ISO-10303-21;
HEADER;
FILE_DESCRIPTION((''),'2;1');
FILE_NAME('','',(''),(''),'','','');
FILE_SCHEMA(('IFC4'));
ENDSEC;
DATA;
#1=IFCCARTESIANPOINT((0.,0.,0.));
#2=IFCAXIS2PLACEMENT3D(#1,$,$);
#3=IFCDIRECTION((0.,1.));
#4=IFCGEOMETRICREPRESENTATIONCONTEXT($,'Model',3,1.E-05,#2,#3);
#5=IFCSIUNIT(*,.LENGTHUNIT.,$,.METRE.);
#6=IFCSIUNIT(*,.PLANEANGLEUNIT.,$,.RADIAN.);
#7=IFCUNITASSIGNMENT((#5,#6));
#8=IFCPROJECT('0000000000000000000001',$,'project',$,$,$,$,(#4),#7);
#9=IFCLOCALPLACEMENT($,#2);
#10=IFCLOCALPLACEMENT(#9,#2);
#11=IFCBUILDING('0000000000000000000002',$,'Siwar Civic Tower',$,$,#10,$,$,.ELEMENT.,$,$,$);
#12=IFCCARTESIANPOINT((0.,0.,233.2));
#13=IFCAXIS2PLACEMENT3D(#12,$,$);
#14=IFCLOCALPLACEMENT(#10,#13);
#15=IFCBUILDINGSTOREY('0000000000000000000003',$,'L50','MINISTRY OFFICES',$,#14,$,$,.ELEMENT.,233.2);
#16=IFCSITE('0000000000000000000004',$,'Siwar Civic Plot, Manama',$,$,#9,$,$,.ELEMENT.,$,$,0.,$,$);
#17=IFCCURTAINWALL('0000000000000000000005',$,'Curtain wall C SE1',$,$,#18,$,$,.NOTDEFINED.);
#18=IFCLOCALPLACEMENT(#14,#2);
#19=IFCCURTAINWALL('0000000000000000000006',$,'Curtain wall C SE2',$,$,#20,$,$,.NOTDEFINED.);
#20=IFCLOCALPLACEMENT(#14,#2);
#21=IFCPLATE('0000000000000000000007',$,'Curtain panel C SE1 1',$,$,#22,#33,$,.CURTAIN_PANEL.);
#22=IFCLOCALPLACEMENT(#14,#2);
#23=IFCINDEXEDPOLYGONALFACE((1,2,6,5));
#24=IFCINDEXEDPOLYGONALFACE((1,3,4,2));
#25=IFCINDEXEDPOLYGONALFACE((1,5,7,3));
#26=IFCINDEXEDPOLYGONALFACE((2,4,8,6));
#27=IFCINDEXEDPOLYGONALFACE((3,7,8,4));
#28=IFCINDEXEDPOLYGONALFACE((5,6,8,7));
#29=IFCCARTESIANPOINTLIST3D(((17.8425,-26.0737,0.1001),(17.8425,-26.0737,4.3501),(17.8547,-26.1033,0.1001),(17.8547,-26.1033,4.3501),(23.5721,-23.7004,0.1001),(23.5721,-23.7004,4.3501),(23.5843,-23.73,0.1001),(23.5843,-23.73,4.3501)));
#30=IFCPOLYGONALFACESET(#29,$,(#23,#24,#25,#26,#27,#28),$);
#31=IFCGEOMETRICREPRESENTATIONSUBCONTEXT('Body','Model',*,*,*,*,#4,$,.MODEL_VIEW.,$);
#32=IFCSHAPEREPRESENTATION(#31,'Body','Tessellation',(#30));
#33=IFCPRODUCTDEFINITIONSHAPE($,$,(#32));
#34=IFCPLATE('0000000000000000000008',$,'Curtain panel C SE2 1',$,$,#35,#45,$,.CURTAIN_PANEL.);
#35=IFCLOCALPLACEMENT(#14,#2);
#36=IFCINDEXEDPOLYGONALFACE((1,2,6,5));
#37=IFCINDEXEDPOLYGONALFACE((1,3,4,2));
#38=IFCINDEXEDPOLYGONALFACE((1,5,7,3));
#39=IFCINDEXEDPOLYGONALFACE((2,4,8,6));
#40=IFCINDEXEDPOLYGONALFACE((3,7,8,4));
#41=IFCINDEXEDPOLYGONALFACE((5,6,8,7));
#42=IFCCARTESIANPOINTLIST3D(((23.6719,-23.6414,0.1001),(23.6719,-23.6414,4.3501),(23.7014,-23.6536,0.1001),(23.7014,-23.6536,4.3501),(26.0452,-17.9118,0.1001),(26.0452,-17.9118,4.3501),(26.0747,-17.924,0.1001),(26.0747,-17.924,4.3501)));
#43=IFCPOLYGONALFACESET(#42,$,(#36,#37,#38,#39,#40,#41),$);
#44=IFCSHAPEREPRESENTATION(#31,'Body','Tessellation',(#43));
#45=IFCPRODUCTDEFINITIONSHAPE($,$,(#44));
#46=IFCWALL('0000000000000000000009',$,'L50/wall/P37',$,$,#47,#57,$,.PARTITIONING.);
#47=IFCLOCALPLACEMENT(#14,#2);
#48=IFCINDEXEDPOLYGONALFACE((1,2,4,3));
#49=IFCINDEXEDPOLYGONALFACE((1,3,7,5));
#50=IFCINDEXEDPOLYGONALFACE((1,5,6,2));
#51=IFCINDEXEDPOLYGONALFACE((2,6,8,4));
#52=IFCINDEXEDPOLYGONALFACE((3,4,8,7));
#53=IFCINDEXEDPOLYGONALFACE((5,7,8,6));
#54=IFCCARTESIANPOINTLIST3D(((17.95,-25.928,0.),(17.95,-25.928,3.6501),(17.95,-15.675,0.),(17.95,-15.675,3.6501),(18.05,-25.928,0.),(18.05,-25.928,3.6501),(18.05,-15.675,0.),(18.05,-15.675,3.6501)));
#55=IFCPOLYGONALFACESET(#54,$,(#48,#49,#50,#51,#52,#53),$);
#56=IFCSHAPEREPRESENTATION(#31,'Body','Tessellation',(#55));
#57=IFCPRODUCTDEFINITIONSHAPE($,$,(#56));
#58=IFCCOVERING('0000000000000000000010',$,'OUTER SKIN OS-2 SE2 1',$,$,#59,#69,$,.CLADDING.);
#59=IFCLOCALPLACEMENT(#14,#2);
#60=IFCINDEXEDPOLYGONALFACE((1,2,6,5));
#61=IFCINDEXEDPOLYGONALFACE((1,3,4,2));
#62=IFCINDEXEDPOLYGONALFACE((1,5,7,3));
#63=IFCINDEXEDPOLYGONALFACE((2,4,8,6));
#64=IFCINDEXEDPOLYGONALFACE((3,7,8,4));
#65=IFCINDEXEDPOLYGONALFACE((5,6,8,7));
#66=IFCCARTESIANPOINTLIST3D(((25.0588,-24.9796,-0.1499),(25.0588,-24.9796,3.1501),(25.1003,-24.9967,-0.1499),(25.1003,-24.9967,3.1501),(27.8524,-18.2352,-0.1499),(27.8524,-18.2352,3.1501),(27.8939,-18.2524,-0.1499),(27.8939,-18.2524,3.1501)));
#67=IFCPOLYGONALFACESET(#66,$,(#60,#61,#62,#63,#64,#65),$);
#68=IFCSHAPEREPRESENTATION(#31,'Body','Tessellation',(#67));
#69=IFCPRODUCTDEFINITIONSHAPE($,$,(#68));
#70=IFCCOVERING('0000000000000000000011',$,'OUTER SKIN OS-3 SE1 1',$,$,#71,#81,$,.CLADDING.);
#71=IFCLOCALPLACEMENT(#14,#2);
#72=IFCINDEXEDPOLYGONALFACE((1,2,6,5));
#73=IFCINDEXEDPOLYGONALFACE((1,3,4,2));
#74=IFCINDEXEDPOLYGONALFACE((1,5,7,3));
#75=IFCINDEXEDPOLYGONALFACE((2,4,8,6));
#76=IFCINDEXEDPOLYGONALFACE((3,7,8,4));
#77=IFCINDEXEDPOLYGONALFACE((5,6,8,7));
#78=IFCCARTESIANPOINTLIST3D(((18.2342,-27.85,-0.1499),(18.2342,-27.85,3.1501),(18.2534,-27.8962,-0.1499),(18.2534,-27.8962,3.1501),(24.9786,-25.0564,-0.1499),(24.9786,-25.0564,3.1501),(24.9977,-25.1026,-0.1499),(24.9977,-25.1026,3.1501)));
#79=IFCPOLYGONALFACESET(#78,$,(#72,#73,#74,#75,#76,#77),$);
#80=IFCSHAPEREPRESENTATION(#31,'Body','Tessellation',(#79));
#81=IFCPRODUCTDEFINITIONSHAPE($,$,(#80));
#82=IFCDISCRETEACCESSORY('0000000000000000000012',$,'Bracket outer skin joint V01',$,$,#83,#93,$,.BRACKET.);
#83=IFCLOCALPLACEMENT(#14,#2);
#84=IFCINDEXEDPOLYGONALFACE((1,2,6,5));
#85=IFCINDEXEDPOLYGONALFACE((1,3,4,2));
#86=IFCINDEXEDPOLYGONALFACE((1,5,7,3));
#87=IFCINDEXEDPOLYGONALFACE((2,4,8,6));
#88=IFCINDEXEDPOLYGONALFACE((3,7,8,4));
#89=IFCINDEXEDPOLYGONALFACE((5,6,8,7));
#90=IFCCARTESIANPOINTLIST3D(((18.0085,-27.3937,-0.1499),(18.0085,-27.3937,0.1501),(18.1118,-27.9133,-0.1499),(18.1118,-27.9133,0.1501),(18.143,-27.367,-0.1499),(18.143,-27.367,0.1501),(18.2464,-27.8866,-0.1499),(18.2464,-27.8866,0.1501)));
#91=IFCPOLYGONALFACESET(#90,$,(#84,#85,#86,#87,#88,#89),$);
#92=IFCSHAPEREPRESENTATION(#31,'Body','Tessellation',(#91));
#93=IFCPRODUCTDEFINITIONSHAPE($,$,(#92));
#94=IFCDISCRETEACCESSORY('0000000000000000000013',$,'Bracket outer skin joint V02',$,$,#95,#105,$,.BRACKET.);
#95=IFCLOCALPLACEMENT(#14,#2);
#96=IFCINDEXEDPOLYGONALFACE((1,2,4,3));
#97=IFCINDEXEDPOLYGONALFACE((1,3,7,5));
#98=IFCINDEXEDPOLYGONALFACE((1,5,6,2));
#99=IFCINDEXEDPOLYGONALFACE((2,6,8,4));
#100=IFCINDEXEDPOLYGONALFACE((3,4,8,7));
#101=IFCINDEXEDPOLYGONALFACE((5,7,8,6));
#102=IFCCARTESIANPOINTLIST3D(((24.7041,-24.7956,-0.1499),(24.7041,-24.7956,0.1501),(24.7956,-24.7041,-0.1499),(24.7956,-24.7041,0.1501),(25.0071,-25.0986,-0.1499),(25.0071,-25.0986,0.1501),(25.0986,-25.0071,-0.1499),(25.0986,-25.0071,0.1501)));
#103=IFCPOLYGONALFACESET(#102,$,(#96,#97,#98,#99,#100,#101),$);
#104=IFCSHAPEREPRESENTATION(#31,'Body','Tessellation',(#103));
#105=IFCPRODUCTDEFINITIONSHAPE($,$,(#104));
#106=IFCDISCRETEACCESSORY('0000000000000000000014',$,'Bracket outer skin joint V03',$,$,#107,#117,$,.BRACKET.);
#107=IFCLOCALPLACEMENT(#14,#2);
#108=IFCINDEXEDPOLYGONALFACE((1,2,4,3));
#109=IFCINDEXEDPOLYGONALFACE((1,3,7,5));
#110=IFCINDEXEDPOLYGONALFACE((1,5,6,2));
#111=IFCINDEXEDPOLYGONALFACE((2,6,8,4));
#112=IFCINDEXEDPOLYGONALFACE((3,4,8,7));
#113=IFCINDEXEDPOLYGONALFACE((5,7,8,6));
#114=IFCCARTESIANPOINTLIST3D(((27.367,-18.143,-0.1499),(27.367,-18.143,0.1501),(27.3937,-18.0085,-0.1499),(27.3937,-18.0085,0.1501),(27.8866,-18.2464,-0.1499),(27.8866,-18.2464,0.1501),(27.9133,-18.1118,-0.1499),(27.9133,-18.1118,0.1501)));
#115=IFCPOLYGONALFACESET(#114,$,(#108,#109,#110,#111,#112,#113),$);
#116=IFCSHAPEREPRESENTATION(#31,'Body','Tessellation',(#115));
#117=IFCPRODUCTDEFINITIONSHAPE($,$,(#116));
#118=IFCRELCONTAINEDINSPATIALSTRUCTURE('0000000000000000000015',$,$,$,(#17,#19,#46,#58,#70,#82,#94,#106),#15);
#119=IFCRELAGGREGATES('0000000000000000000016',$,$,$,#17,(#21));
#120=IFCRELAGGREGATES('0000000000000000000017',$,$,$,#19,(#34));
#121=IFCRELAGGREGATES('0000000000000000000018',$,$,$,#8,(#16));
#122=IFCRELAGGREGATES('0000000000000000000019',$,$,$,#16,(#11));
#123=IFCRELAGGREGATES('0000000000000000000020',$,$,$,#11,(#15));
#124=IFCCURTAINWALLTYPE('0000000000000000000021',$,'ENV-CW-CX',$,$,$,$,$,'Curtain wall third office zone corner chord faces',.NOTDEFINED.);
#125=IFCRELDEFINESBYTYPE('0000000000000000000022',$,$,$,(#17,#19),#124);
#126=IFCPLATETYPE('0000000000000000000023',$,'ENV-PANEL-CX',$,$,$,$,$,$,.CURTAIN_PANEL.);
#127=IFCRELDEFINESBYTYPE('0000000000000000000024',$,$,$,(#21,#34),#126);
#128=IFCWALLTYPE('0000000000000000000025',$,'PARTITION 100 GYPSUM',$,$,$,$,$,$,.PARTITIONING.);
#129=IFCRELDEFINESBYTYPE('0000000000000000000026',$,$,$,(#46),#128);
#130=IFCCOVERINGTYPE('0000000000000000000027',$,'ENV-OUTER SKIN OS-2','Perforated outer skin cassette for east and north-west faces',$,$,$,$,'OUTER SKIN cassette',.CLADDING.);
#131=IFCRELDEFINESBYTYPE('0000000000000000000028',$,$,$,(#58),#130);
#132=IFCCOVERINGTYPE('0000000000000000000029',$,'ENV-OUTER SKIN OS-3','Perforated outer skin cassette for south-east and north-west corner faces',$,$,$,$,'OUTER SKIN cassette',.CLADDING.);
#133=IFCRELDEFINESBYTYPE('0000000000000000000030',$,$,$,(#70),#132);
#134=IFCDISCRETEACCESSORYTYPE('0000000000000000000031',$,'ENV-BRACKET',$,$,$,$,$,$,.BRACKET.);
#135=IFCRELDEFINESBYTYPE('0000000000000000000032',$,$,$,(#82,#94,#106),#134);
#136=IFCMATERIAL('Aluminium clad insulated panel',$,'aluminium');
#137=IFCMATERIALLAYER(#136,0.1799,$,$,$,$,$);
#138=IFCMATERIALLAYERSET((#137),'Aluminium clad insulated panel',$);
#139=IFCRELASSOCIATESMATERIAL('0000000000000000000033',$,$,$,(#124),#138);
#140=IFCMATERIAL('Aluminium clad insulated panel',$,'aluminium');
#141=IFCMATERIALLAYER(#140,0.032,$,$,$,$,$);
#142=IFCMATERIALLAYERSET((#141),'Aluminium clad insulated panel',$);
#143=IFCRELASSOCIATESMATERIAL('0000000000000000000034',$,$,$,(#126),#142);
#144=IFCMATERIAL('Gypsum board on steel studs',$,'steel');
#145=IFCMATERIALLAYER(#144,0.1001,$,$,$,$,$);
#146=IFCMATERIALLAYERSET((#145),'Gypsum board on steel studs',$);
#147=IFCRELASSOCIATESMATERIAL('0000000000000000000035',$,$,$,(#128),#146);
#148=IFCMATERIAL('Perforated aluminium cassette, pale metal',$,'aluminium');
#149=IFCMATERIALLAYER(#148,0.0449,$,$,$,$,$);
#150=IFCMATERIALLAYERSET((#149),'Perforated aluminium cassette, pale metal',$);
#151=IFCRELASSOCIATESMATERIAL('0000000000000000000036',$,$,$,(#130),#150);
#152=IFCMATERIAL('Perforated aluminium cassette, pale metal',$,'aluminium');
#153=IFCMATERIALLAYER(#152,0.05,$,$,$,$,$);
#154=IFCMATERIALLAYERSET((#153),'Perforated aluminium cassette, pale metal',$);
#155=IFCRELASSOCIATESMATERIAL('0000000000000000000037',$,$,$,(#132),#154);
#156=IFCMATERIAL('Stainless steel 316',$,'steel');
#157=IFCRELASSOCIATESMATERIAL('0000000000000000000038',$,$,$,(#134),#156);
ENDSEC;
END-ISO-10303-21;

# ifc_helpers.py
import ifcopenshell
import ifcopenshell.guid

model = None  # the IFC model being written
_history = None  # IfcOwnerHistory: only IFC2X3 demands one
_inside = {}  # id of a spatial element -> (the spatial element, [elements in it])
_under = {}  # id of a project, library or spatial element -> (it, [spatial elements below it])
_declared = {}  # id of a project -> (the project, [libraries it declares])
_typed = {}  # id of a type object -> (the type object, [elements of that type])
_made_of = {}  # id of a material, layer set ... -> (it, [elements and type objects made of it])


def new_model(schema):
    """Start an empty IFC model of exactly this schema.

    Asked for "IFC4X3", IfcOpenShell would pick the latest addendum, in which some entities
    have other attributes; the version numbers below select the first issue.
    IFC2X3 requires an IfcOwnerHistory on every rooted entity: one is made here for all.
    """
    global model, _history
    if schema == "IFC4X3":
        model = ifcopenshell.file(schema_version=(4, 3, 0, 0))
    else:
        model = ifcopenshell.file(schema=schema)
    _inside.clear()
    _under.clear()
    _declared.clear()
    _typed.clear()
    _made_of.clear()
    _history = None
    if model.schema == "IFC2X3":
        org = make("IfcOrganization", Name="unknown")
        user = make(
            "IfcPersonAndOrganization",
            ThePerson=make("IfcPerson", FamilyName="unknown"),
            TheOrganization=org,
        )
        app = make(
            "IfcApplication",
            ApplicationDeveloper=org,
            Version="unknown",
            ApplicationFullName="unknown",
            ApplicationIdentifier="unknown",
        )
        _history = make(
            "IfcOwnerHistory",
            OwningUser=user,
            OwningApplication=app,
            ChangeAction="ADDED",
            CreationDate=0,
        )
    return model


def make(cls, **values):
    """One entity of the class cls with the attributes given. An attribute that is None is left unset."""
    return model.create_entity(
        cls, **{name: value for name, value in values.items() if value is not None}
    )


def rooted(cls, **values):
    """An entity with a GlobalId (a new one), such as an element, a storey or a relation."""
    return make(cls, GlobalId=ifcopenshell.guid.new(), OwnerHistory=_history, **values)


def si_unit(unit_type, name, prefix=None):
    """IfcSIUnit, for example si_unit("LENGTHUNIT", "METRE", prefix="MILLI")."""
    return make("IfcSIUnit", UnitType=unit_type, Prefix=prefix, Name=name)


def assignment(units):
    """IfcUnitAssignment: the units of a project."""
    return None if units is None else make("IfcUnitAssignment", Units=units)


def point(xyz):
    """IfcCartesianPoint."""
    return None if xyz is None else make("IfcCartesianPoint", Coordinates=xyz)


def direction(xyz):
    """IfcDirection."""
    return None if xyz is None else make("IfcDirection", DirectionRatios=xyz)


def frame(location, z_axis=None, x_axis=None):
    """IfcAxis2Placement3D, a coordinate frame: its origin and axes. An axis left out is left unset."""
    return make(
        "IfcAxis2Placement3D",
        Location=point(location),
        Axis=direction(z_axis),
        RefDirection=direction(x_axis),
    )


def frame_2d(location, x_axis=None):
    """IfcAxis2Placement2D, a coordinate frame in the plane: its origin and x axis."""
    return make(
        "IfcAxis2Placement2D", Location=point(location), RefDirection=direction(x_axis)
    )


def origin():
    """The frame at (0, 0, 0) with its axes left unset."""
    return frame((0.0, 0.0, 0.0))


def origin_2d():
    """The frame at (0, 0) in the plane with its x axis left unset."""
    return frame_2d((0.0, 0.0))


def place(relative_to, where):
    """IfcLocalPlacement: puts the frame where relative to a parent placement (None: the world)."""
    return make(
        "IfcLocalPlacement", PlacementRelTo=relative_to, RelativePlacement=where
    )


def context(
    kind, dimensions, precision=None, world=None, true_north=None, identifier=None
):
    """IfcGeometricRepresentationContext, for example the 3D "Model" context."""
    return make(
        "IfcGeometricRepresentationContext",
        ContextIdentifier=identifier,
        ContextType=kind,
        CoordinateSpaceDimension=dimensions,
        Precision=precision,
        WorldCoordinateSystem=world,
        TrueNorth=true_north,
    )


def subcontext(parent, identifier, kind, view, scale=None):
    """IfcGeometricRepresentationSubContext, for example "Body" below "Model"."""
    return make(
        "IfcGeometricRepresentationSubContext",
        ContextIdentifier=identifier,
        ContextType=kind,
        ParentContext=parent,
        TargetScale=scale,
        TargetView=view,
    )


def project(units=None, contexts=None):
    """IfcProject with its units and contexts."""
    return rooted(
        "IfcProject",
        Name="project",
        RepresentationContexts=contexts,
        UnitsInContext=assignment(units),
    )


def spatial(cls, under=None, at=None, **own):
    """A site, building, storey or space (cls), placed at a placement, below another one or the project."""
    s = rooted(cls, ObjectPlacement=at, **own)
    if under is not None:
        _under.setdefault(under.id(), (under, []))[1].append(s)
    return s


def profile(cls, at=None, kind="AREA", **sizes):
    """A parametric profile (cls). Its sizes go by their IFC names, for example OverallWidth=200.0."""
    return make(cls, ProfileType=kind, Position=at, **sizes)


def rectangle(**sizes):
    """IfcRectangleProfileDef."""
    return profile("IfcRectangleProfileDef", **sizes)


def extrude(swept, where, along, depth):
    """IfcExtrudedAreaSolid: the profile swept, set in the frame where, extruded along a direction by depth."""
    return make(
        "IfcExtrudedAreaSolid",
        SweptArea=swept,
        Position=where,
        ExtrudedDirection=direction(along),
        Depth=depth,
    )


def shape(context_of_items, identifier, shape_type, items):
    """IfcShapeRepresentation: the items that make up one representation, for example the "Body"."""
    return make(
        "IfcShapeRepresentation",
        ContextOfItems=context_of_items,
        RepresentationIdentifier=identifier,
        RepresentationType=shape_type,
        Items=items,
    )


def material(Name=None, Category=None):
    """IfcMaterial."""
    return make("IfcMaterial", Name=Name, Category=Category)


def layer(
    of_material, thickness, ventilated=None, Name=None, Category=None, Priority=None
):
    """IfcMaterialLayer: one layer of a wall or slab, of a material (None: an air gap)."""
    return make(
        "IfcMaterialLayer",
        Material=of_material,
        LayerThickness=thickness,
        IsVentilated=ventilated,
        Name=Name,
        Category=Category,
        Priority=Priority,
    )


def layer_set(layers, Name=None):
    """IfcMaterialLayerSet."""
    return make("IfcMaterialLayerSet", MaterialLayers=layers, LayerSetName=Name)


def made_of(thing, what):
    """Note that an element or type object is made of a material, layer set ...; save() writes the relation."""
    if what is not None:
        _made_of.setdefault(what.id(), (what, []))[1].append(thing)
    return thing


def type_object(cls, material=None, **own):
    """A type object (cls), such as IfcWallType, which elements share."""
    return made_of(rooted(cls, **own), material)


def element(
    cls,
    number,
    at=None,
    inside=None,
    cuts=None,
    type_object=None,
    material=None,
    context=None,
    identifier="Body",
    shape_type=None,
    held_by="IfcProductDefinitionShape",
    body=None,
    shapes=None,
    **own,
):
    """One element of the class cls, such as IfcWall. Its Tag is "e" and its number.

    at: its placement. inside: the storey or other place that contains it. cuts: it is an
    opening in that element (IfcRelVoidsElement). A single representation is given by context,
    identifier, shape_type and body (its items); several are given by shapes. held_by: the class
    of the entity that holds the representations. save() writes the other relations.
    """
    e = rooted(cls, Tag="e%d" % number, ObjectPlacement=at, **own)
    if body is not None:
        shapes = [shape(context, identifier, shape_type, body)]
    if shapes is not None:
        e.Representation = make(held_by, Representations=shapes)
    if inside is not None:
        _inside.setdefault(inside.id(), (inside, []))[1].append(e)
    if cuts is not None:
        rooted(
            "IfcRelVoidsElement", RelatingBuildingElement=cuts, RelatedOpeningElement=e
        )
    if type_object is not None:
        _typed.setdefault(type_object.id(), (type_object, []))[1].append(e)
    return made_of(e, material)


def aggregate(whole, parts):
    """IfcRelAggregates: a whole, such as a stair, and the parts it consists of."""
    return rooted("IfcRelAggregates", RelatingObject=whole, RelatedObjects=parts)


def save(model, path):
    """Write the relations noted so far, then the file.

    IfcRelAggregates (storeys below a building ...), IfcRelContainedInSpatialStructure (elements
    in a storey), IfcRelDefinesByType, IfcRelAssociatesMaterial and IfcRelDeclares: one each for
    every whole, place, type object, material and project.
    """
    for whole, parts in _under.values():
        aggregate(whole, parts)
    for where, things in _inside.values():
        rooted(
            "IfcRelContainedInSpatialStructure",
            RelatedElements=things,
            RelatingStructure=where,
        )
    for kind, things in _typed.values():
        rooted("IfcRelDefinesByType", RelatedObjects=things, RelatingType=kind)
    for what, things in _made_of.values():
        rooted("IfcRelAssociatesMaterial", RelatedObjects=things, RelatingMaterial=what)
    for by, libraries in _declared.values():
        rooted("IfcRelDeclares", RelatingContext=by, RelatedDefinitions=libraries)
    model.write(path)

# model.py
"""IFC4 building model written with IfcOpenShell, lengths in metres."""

from ifc_helpers import new_model, si_unit, direction, frame, frame_2d, origin, origin_2d, place, context, subcontext, project, spatial, rectangle, extrude, material, layer, layer_set, type_object, element, aggregate, save


model = new_model("IFC4")

# Units and contexts
model_context = context("Model", 3, precision=1e-05, world=origin(), true_north=direction((0.0, 1.0)))
body_context = subcontext(model_context, "Body", "Model", "MODEL_VIEW")
ifc_project = project(units=[si_unit("LENGTHUNIT", "METRE"), si_unit("PLANEANGLEUNIT", "RADIAN")], contexts=[model_context])

# Site, building, storey
site_placement = place(None, origin())
site = spatial("IfcSite", under=ifc_project, at=site_placement, Name="Siwar Civic Plot, Manama", CompositionType="ELEMENT", RefElevation=0.0)
building_placement = place(site_placement, origin())
building = spatial("IfcBuilding", under=site, at=building_placement, Name="Siwar Civic Tower", CompositionType="ELEMENT")
storey_placement = place(building_placement, frame((0.0, 0.0, 233.2)))
storey = spatial("IfcBuildingStorey", under=building, at=storey_placement, Name="L50", Description="MINISTRY OFFICES", CompositionType="ELEMENT", Elevation=233.2)

# Curtain walls
ifc_material_1 = material(Name="Aluminium clad insulated panel", Category="aluminium")
ifc_layer_1 = layer(ifc_material_1, 0.1799)
ifc_layer_set_1 = layer_set([ifc_layer_1], Name="Aluminium clad insulated panel")
curtain_wall_type = type_object("IfcCurtainWallType", Name="ENV-CW-CX", ElementType="Curtain wall third office zone corner chord faces", PredefinedType="NOTDEFINED", material=ifc_layer_set_1)
curtain_wall_1_placement = place(storey_placement, origin())
curtain_wall_1 = element("IfcCurtainWall", 1, at=curtain_wall_1_placement, inside=storey, type_object=curtain_wall_type, Name="Curtain wall C SE1", PredefinedType="NOTDEFINED")
curtain_wall_2_placement = place(storey_placement, origin())
curtain_wall_2 = element("IfcCurtainWall", 2, at=curtain_wall_2_placement, inside=storey, type_object=curtain_wall_type, Name="Curtain wall C SE2", PredefinedType="NOTDEFINED")

# Plates
ifc_material_2 = material(Name="Aluminium clad insulated panel", Category="aluminium")
ifc_layer_2 = layer(ifc_material_2, 0.032)
ifc_layer_set_2 = layer_set([ifc_layer_2], Name="Aluminium clad insulated panel")
plate_type = type_object("IfcPlateType", Name="ENV-PANEL-CX", PredefinedType="CURTAIN_PANEL", material=ifc_layer_set_2)
plate_1_placement = place(storey_placement, frame((20.7134, -24.9019, 0.1001), z_axis=(0.0, 0.0, 1.0), x_axis=(0.92388, 0.382683, 0.0)))
plate_1 = element("IfcPlate", 3, at=plate_1_placement, type_object=plate_type, Name="Curtain panel C SE1 1", PredefinedType="CURTAIN_PANEL", context=body_context, shape_type="SweptSolid", body=[
    extrude(rectangle(XDim=6.2017, YDim=0.032, at=origin_2d()), origin(), (0.0, 0.0, 1.0), 4.25),
])
aggregate(curtain_wall_1, [plate_1])
plate_2_placement = place(storey_placement, frame((24.8733, -20.7827, 0.1001), z_axis=(0.0, 0.0, 1.0), x_axis=(0.382683, 0.92388, 0.0)))
plate_2 = element("IfcPlate", 4, at=plate_2_placement, type_object=plate_type, Name="Curtain panel C SE2 1", PredefinedType="CURTAIN_PANEL", context=body_context, shape_type="SweptSolid", body=[
    extrude(rectangle(XDim=6.2017, YDim=0.032, at=origin_2d()), origin(), (0.0, 0.0, 1.0), 4.25),
])
aggregate(curtain_wall_2, [plate_2])

# Wall
ifc_material_3 = material(Name="Gypsum board on steel studs", Category="steel")
ifc_layer_3 = layer(ifc_material_3, 0.1001)
ifc_layer_set_3 = layer_set([ifc_layer_3], Name="Gypsum board on steel studs")
wall_type = type_object("IfcWallType", Name="PARTITION 100 GYPSUM", PredefinedType="PARTITIONING", material=ifc_layer_set_3)
wall_placement = place(storey_placement, frame((18.0, -25.928, 0.0), z_axis=(0.0, 0.0, 1.0), x_axis=(0.0, 1.0, 0.0)))
element("IfcWall", 5, at=wall_placement, inside=storey, type_object=wall_type, Name="L50/wall/P37", PredefinedType="PARTITIONING", context=body_context, shape_type="SweptSolid", body=[
    extrude(rectangle(XDim=10.2529, YDim=0.1001, at=frame_2d((5.1265, 0.0))), origin(), (0.0, 0.0, 1.0), 3.6501),
])

# Coverings
ifc_material_4 = material(Name="Perforated aluminium cassette, pale metal", Category="aluminium")
ifc_layer_4 = layer(ifc_material_4, 0.0449)
ifc_layer_set_4 = layer_set([ifc_layer_4], Name="Perforated aluminium cassette, pale metal")
covering_type_1 = type_object("IfcCoveringType", Name="ENV-OUTER SKIN OS-2", Description="Perforated outer skin cassette for east and north-west faces", ElementType="OUTER SKIN cassette", PredefinedType="CLADDING", material=ifc_layer_set_4)
covering_1_placement = place(storey_placement, frame((26.4763, -21.616, -0.1499), z_axis=(0.0, 0.0, 1.0), x_axis=(0.382683, 0.92388, 0.0)))
element("IfcCovering", 6, at=covering_1_placement, inside=storey, type_object=covering_type_1, Name="OUTER SKIN OS-2 SE2 1", PredefinedType="CLADDING", context=body_context, shape_type="SweptSolid", body=[
    extrude(rectangle(XDim=7.3, YDim=0.0449, at=origin_2d()), origin(), (0.0, 0.0, 1.0), 3.3),
])
ifc_material_5 = material(Name="Perforated aluminium cassette, pale metal", Category="aluminium")
ifc_layer_5 = layer(ifc_material_5, 0.05)
ifc_layer_set_5 = layer_set([ifc_layer_5], Name="Perforated aluminium cassette, pale metal")
covering_type_2 = type_object("IfcCoveringType", Name="ENV-OUTER SKIN OS-3", Description="Perforated outer skin cassette for south-east and north-west corner faces", ElementType="OUTER SKIN cassette", PredefinedType="CLADDING", material=ifc_layer_set_5)
covering_2_placement = place(storey_placement, frame((21.616, -26.4763, -0.1499), z_axis=(0.0, 0.0, 1.0), x_axis=(0.92388, 0.382683, 0.0)))
element("IfcCovering", 7, at=covering_2_placement, inside=storey, type_object=covering_type_2, Name="OUTER SKIN OS-3 SE1 1", PredefinedType="CLADDING", context=body_context, shape_type="SweptSolid", body=[
    extrude(rectangle(XDim=7.3, YDim=0.05, at=origin_2d()), origin(), (0.0, 0.0, 1.0), 3.3),
])

# Discrete accessories
ifc_material_6 = material(Name="Stainless steel 316", Category="steel")
discrete_accessory_type = type_object("IfcDiscreteAccessoryType", Name="ENV-BRACKET", PredefinedType="BRACKET", material=ifc_material_6)
discrete_accessory_1_placement = place(storey_placement, frame((18.1274, -27.6401, -0.1499), z_axis=(0.0, 0.0, 1.0), x_axis=(0.19509, -0.980785, 0.0)))
element("IfcDiscreteAccessory", 8, at=discrete_accessory_1_placement, inside=storey, type_object=discrete_accessory_type, Name="Bracket outer skin joint V01", PredefinedType="BRACKET", context=body_context, shape_type="SweptSolid", body=[
    extrude(rectangle(XDim=0.5298, YDim=0.1372, at=origin_2d()), origin(), (0.0, 0.0, 1.0), 0.3),
])
discrete_accessory_2_placement = place(storey_placement, frame((24.9014, -24.9014, -0.1499), z_axis=(0.0, 0.0, 1.0), x_axis=(0.707107, -0.707107, 0.0)))
element("IfcDiscreteAccessory", 9, at=discrete_accessory_2_placement, inside=storey, type_object=discrete_accessory_type, Name="Bracket outer skin joint V02", PredefinedType="BRACKET", context=body_context, shape_type="SweptSolid", body=[
    extrude(rectangle(XDim=0.4285, YDim=0.1294, at=origin_2d()), origin(), (0.0, 0.0, 1.0), 0.3),
])
discrete_accessory_3_placement = place(storey_placement, frame((27.6401, -18.1274, -0.1499), z_axis=(0.0, 0.0, 1.0), x_axis=(0.980785, -0.19509, 0.0)))
element("IfcDiscreteAccessory", 10, at=discrete_accessory_3_placement, inside=storey, type_object=discrete_accessory_type, Name="Bracket outer skin joint V03", PredefinedType="BRACKET", context=body_context, shape_type="SweptSolid", body=[
    extrude(rectangle(XDim=0.5298, YDim=0.1372, at=origin_2d()), origin(), (0.0, 0.0, 1.0), 0.3),
])

save(model, "model.ifc")
